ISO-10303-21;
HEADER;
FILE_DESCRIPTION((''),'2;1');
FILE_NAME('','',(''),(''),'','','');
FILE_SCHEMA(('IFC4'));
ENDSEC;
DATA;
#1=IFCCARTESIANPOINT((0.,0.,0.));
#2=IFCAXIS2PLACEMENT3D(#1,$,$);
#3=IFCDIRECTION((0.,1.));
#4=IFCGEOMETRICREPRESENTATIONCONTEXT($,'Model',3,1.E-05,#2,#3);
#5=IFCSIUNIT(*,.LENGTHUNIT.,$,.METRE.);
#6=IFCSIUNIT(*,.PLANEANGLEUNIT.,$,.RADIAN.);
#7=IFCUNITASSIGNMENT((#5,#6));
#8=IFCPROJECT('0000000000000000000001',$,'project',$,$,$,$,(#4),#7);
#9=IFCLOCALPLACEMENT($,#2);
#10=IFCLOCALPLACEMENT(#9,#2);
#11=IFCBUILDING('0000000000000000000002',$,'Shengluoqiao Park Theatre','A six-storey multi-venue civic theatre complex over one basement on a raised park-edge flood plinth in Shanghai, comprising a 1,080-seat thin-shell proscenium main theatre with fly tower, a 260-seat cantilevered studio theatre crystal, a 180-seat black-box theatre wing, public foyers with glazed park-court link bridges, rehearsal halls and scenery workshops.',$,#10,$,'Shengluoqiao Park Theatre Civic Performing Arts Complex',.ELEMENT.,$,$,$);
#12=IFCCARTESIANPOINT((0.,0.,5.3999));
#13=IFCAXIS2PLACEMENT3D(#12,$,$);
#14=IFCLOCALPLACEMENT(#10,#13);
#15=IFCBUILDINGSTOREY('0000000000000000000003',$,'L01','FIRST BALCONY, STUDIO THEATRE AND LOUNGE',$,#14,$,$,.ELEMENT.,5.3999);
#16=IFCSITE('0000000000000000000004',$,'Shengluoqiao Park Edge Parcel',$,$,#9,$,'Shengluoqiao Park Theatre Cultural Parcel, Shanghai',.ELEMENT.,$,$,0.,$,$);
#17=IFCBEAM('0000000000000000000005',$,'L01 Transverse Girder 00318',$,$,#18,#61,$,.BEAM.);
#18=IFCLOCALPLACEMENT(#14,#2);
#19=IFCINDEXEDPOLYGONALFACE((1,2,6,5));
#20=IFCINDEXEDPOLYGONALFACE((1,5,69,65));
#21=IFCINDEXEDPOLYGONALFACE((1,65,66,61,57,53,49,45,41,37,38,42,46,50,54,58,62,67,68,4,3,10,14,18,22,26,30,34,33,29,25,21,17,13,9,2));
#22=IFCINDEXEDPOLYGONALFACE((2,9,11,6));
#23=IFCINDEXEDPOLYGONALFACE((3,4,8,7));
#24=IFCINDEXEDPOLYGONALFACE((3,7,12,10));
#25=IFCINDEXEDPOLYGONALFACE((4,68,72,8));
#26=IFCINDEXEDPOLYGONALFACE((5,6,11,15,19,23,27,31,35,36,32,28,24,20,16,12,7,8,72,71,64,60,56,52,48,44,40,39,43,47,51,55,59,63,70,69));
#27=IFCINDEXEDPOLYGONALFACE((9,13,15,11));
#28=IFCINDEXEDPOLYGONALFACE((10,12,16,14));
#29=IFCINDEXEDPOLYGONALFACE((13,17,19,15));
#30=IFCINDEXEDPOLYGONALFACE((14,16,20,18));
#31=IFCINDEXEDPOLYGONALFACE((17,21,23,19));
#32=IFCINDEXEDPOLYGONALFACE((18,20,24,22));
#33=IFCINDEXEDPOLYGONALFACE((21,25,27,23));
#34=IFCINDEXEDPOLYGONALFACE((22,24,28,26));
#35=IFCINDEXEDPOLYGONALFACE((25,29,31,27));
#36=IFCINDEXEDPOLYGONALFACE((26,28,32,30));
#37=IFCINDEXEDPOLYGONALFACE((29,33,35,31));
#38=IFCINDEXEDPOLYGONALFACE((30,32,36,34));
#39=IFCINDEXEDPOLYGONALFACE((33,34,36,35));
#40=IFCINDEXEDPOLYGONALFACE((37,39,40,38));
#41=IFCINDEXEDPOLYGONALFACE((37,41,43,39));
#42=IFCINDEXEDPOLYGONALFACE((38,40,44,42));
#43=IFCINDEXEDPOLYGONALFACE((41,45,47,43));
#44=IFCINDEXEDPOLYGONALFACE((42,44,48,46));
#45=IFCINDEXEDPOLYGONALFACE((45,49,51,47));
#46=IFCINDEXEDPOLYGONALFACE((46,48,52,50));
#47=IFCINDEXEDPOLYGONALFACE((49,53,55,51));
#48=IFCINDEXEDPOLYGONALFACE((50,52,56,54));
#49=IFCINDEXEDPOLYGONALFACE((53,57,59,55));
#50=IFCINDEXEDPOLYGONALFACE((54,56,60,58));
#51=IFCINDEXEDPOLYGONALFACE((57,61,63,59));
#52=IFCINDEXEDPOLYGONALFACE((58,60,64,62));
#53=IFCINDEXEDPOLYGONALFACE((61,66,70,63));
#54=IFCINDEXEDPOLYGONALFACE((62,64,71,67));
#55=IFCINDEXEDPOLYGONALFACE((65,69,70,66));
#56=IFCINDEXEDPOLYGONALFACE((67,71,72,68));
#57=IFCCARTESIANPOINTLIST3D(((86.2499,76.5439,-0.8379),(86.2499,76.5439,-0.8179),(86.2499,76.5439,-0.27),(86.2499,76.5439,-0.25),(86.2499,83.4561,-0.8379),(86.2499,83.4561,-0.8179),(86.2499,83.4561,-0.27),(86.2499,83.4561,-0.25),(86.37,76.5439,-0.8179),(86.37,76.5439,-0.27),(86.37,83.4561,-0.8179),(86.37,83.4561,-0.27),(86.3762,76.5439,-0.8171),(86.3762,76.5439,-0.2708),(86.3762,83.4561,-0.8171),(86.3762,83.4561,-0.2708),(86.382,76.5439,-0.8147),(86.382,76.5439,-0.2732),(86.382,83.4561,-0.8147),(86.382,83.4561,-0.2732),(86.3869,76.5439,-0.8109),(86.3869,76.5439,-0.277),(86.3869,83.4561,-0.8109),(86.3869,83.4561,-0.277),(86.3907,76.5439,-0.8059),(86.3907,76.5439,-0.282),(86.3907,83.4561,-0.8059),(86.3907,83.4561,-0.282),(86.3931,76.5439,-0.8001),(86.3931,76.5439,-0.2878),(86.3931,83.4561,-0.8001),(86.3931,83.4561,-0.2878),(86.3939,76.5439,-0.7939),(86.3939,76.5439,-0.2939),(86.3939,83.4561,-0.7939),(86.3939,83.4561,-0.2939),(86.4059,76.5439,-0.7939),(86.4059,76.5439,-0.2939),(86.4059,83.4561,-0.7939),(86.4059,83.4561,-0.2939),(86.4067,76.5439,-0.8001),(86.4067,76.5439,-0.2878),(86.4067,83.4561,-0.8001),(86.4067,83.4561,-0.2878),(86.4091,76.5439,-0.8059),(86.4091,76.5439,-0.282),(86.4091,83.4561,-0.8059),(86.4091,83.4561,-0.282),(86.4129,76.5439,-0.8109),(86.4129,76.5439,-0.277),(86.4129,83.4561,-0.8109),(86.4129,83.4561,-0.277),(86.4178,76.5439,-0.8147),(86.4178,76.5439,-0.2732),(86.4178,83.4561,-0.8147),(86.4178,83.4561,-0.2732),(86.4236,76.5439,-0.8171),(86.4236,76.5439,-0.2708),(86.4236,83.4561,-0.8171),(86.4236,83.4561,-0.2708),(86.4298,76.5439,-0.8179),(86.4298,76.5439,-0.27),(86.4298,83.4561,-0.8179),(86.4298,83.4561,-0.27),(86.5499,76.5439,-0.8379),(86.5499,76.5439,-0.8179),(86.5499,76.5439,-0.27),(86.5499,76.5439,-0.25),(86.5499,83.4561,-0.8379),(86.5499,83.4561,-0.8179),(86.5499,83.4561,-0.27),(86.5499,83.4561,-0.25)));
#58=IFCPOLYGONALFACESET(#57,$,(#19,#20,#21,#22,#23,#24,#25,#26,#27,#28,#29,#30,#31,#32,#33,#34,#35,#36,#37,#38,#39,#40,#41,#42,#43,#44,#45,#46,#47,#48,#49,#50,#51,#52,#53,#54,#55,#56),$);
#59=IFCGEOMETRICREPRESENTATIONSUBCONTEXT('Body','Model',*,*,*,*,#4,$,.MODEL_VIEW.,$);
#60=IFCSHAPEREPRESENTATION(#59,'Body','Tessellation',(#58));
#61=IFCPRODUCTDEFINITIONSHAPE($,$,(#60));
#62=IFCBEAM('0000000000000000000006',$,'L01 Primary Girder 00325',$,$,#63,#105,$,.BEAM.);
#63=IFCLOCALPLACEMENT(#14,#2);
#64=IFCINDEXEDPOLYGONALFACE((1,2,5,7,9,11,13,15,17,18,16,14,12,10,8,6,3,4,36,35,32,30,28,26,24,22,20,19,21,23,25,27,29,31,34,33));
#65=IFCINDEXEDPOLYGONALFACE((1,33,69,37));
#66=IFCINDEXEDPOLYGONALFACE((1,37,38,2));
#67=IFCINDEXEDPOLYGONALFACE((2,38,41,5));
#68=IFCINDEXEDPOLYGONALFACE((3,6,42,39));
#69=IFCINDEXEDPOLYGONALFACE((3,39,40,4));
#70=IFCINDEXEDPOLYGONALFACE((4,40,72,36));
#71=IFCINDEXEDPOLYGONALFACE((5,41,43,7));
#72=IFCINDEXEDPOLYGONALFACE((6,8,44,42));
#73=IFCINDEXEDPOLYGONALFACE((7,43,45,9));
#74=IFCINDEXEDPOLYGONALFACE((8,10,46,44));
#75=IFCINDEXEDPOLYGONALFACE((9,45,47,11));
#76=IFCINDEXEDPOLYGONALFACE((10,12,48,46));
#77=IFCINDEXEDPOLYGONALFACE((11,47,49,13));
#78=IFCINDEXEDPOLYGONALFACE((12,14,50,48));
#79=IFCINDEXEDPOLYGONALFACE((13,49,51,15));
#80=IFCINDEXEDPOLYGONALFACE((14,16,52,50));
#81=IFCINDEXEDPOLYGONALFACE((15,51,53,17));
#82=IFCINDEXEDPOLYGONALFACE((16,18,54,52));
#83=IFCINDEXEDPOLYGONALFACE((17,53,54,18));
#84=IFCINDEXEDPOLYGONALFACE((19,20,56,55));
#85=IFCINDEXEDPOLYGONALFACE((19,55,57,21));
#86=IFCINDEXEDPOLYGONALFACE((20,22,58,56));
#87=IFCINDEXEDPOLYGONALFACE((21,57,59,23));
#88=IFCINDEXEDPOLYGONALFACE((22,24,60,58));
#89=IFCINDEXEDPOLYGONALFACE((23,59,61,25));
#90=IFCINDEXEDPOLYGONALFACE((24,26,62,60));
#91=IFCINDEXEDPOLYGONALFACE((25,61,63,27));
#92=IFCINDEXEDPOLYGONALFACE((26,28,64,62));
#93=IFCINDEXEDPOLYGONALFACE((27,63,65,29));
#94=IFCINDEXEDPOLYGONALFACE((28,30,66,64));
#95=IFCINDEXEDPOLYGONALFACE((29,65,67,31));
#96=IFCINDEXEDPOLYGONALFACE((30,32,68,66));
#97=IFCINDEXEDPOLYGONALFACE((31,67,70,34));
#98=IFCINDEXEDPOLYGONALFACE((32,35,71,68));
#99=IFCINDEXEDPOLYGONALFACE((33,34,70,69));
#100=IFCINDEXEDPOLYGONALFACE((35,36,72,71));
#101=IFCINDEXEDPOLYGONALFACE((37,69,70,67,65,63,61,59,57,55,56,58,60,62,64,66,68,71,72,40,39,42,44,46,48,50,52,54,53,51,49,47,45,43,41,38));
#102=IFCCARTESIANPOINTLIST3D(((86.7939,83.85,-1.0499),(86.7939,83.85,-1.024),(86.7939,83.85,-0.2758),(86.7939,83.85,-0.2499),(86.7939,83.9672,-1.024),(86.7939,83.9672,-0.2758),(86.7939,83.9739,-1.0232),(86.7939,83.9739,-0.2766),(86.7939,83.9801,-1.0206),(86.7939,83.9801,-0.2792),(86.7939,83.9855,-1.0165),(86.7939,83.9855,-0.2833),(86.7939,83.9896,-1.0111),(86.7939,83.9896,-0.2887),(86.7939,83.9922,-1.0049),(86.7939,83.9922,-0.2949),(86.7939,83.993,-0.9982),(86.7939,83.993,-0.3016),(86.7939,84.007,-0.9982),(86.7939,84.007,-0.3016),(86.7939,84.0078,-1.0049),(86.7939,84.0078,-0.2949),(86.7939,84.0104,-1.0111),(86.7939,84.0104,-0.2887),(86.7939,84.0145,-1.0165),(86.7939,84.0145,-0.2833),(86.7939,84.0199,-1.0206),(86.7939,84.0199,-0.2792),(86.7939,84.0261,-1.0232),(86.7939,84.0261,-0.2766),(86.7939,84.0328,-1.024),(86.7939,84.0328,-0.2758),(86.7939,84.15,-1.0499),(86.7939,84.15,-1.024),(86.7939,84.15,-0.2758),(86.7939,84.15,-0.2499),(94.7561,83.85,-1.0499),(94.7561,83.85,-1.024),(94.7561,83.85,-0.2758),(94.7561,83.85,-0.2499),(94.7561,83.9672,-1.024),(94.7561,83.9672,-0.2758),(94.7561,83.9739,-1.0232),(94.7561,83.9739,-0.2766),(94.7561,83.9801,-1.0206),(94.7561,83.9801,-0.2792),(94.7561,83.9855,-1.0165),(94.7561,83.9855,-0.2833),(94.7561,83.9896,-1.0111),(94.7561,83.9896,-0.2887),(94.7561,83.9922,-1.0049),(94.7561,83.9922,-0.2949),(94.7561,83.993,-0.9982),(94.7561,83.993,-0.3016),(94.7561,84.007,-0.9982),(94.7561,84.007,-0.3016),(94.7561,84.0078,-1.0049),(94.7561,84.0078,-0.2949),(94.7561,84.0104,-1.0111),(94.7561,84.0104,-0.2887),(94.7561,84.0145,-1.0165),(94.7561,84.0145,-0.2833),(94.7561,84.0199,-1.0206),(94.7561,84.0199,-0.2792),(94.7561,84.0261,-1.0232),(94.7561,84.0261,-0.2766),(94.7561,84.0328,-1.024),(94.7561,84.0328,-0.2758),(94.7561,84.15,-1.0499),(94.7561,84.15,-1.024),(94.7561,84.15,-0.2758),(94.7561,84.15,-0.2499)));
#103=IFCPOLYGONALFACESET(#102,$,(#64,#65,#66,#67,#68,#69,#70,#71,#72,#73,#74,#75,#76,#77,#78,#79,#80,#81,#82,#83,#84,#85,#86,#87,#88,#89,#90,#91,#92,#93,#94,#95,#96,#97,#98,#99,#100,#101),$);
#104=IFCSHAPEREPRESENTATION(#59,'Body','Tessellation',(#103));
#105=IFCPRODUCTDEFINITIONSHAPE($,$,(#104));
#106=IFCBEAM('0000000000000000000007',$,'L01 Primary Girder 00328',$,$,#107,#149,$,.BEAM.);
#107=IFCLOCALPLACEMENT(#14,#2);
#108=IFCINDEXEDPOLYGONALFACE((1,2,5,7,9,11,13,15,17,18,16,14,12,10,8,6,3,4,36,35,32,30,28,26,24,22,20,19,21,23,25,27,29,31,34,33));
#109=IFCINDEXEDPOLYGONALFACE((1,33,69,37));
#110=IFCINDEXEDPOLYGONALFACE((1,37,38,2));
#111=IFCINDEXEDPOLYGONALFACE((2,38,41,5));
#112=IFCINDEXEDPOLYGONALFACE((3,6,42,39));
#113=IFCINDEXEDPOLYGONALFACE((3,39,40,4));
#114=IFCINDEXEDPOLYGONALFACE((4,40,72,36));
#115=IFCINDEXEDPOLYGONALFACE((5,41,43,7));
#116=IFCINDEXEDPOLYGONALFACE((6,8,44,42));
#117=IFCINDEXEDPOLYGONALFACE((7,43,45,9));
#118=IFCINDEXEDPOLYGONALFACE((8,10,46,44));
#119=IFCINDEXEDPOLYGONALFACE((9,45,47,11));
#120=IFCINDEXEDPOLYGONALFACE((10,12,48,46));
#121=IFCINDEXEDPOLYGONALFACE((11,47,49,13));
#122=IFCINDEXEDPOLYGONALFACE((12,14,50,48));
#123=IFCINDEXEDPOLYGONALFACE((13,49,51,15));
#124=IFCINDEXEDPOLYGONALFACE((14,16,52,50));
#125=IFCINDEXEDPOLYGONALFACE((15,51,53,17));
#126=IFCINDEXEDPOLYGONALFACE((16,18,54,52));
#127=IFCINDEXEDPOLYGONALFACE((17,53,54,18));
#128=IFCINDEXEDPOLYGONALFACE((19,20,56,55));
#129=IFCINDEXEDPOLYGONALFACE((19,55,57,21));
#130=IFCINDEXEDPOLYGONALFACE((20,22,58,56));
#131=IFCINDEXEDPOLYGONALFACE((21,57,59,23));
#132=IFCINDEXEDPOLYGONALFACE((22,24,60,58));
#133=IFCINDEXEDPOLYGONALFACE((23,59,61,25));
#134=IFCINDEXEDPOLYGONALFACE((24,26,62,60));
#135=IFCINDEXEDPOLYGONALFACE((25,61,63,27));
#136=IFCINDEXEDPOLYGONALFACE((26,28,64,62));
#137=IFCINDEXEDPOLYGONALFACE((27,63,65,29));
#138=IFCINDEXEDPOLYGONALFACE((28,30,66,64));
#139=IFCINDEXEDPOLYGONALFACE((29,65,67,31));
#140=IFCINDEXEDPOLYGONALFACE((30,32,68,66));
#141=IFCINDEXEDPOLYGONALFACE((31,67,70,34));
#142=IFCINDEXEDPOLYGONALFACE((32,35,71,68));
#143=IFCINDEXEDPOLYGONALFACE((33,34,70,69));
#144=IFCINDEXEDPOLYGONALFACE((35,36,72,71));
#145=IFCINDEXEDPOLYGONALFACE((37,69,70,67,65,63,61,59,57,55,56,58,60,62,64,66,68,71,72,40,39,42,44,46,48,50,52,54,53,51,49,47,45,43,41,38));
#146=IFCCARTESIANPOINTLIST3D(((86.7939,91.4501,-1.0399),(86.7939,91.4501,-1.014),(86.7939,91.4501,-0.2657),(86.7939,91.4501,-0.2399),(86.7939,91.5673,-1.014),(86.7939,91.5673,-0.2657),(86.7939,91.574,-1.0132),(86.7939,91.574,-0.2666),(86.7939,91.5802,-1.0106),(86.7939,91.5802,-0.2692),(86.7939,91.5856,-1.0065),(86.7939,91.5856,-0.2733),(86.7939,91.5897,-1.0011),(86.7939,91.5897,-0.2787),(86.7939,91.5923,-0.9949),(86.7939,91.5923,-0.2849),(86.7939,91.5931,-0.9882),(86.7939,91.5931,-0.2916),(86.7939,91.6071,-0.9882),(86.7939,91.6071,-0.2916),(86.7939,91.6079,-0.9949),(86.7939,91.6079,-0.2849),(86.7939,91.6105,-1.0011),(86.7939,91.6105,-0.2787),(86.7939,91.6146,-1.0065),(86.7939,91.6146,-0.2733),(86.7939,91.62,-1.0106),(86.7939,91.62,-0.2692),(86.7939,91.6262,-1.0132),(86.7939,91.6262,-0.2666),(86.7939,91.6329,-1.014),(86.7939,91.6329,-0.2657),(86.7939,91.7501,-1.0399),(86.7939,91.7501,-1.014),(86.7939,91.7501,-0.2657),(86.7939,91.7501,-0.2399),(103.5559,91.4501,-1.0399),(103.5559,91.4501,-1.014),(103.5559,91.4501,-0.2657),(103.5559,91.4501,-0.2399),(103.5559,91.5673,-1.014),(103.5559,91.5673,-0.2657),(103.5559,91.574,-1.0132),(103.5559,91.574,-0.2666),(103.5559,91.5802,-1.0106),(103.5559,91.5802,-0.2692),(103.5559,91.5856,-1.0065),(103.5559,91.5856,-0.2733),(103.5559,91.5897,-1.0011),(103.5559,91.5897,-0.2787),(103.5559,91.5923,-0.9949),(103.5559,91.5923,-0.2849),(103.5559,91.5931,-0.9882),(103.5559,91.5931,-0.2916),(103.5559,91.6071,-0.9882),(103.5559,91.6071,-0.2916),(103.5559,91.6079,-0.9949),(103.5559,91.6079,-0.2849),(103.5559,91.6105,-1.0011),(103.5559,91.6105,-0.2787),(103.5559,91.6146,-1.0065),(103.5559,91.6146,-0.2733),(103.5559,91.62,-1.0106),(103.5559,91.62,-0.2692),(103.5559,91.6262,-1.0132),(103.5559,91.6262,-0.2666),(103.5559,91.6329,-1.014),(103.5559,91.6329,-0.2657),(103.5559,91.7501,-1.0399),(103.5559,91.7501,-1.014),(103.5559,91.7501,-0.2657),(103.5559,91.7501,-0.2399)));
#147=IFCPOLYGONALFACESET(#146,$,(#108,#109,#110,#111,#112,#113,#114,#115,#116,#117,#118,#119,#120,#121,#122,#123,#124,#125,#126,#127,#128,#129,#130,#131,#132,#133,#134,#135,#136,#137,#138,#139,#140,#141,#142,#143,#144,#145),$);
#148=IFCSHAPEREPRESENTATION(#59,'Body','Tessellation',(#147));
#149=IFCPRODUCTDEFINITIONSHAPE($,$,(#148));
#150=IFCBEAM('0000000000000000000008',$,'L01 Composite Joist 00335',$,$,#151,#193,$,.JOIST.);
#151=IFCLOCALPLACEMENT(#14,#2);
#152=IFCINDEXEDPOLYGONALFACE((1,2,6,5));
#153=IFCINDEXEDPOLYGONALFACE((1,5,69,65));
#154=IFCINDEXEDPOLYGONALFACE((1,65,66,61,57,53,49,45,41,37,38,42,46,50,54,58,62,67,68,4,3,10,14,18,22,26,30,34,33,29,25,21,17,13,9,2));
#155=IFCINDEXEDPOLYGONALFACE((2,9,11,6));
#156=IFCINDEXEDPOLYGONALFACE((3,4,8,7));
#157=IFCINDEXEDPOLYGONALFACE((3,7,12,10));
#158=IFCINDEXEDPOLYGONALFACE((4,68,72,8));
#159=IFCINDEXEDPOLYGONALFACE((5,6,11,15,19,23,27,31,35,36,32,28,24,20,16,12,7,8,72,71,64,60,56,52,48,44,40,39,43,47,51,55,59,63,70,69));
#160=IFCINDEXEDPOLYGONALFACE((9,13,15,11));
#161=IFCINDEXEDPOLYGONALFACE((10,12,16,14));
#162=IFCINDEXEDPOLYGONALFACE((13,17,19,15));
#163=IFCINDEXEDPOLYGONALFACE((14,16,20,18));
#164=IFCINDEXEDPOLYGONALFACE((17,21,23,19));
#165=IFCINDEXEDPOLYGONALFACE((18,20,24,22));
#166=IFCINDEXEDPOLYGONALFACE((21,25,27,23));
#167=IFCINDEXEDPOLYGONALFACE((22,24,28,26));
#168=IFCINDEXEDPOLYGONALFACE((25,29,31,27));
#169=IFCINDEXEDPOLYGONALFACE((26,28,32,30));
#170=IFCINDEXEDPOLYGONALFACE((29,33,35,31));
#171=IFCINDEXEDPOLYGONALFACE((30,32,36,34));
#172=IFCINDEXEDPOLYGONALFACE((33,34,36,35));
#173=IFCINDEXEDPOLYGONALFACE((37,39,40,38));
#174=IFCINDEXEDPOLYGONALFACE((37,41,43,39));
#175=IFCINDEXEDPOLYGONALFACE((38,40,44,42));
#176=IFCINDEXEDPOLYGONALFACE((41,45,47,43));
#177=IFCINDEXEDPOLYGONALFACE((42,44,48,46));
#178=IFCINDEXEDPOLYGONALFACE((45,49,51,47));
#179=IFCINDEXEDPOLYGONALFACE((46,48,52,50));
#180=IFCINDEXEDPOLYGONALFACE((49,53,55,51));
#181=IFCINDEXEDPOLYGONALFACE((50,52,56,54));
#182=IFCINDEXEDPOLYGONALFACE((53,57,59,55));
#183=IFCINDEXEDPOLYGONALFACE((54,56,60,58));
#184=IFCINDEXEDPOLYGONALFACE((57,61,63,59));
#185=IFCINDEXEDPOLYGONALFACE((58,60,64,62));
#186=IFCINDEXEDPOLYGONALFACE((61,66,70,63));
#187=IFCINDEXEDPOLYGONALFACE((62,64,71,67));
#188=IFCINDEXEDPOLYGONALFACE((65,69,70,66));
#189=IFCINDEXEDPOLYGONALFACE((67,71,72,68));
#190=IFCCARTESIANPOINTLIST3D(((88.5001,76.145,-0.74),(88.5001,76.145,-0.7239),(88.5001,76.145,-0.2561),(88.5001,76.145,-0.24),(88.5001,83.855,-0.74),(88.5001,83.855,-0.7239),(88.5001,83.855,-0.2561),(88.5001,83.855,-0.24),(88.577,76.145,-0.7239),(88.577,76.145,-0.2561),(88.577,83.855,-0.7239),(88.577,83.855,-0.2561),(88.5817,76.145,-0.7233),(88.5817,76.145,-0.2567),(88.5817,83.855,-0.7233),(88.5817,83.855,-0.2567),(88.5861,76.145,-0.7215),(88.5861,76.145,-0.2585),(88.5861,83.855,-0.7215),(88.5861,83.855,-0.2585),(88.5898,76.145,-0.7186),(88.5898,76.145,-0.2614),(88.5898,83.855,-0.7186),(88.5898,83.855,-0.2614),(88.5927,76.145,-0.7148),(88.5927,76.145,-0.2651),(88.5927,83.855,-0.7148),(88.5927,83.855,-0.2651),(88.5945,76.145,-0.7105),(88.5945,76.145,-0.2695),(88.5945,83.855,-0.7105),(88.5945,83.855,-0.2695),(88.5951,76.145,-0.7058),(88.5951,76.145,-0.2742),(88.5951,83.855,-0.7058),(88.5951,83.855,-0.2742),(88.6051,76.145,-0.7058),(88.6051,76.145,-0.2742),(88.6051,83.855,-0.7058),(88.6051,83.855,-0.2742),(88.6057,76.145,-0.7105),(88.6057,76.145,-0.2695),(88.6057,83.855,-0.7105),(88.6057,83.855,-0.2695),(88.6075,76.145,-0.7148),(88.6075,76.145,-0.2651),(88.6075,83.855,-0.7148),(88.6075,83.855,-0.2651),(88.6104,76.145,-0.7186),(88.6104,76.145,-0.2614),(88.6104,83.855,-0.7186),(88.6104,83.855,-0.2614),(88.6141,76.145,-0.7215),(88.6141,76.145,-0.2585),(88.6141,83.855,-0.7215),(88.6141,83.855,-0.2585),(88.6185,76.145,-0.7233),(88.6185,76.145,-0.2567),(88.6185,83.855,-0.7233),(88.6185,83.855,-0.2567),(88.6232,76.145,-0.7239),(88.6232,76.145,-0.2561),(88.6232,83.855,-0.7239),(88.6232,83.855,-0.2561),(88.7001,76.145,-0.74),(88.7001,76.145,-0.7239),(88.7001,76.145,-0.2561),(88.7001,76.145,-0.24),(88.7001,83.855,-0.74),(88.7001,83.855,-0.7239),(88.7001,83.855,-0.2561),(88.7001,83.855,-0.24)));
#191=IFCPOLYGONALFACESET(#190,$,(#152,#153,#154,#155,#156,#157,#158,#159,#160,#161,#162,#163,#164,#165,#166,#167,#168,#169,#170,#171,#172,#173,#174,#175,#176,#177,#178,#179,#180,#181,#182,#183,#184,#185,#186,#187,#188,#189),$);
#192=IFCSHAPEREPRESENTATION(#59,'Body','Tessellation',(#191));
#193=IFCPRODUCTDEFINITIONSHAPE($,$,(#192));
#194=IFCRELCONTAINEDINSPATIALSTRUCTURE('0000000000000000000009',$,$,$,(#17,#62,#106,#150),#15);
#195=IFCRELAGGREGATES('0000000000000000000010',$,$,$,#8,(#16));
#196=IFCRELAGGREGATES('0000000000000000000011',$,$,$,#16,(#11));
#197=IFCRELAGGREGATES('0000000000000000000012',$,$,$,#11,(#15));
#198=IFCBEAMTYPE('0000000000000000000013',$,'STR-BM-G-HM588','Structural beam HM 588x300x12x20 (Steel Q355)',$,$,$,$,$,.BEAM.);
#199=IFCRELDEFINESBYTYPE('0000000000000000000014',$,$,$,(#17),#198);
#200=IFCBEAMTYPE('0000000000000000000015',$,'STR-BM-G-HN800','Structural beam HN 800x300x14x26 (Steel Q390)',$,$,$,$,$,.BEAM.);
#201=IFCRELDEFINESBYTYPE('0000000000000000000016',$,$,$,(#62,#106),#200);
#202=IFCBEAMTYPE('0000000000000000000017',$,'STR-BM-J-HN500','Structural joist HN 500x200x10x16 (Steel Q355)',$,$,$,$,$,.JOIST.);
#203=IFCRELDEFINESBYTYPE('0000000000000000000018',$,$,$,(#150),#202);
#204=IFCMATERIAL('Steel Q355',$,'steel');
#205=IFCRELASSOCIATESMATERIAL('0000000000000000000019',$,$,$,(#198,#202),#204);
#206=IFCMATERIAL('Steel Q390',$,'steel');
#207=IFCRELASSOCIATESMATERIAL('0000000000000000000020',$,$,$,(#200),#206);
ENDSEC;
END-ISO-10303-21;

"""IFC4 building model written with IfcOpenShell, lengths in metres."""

from ifc_helpers import new_model, si_unit, direction, frame, origin, origin_2d, place, context, subcontext, project, spatial, i_section, extrude, material, material_profile, profile_set, type_object, element, save


model = new_model("IFC4")

# Units and contexts
model_context = context("Model", 3, precision=1e-05, world=origin(), true_north=direction((0.0, 1.0)))
body_context = subcontext(model_context, "Body", "Model", "MODEL_VIEW")
ifc_project = project(units=[si_unit("LENGTHUNIT", "METRE"), si_unit("PLANEANGLEUNIT", "RADIAN")], contexts=[model_context])

# Site, building, storey
site_placement = place(None, origin())
site = spatial("IfcSite", under=ifc_project, at=site_placement, Name="Shengluoqiao Park Edge Parcel", LongName="Shengluoqiao Park Theatre Cultural Parcel, Shanghai", CompositionType="ELEMENT", RefElevation=0.0)
building_placement = place(site_placement, origin())
building = spatial("IfcBuilding", under=site, at=building_placement, Name="Shengluoqiao Park Theatre", Description="A six-storey multi-venue civic theatre complex over one basement on a raised park-edge flood plinth in Shanghai, comprising a 1,080-seat thin-shell proscenium main theatre with fly tower, a 260-seat cantilevered studio theatre crystal, a 180-seat black-box theatre wing, public foyers with glazed park-court link bridges, rehearsal halls and scenery workshops.", LongName="Shengluoqiao Park Theatre Civic Performing Arts Complex", CompositionType="ELEMENT")
storey_placement = place(building_placement, frame((0.0, 0.0, 5.3999)))
storey = spatial("IfcBuildingStorey", under=building, at=storey_placement, Name="L01", Description="FIRST BALCONY, STUDIO THEATRE AND LOUNGE", CompositionType="ELEMENT", Elevation=5.3999)

# Beams
ifc_material_1 = material(Name="Steel Q355", Category="steel")
ifc_material_profile_1 = material_profile(ifc_material_1, i_section(OverallWidth=0.3, OverallDepth=0.5879, WebThickness=0.012, FlangeThickness=0.02, FilletRadius=0.0239, at=origin_2d()), Name="HM 588x300x12x20")
ifc_profile_set_1 = profile_set([ifc_material_profile_1], Name="Steel Q355")
beam_type_1 = type_object("IfcBeamType", Name="STR-BM-G-HM588", Description="Structural beam HM 588x300x12x20 (Steel Q355)", PredefinedType="BEAM", material=ifc_profile_set_1)
beam_1_placement = place(storey_placement, frame((86.3999, 76.5439, -0.5439), z_axis=(0.0, 1.0, 0.0), x_axis=(-1.0, 0.0, 0.0)))
element("IfcBeam", 1, at=beam_1_placement, inside=storey, type_object=beam_type_1, Name="L01 Transverse Girder 00318", PredefinedType="BEAM", context=body_context, shape_type="SweptSolid", body=[
    extrude(i_section(OverallWidth=0.3, OverallDepth=0.5879, WebThickness=0.012, FlangeThickness=0.02, FilletRadius=0.0239, at=origin_2d()), origin(), (0.0, 0.0, 1.0), 6.9121),
])
ifc_material_2 = material(Name="Steel Q390", Category="steel")
ifc_material_profile_2 = material_profile(ifc_material_2, i_section(OverallWidth=0.3, OverallDepth=0.8, WebThickness=0.0139, FlangeThickness=0.0259, FilletRadius=0.0259, at=origin_2d()), Name="HN 800x300x14x26")
ifc_profile_set_2 = profile_set([ifc_material_profile_2], Name="Steel Q390")
beam_type_2 = type_object("IfcBeamType", Name="STR-BM-G-HN800", Description="Structural beam HN 800x300x14x26 (Steel Q390)", PredefinedType="BEAM", material=ifc_profile_set_2)
beam_2_placement = place(storey_placement, frame((86.7939, 84.0, -0.6499), z_axis=(1.0, 0.0, 0.0), x_axis=(0.0, 1.0, 0.0)))
element("IfcBeam", 2, at=beam_2_placement, inside=storey, type_object=beam_type_2, Name="L01 Primary Girder 00325", PredefinedType="BEAM", context=body_context, shape_type="SweptSolid", body=[
    extrude(i_section(OverallWidth=0.3, OverallDepth=0.8, WebThickness=0.0139, FlangeThickness=0.0259, FilletRadius=0.0259, at=origin_2d()), origin(), (0.0, 0.0, 1.0), 7.9622),
])
beam_3_placement = place(storey_placement, frame((86.7939, 91.6001, -0.6399), z_axis=(1.0, 0.0, 0.0), x_axis=(0.0, 1.0, 0.0)))
element("IfcBeam", 3, at=beam_3_placement, inside=storey, type_object=beam_type_2, Name="L01 Primary Girder 00328", PredefinedType="BEAM", context=body_context, shape_type="SweptSolid", body=[
    extrude(i_section(OverallWidth=0.3, OverallDepth=0.8, WebThickness=0.0139, FlangeThickness=0.0259, FilletRadius=0.0259, at=origin_2d()), origin(), (0.0, 0.0, 1.0), 16.762),
])
ifc_material_profile_3 = material_profile(ifc_material_1, i_section(OverallWidth=0.2, OverallDepth=0.5, WebThickness=0.01, FlangeThickness=0.0161, FilletRadius=0.0181, at=origin_2d()), Name="HN 500x200x10x16")
ifc_profile_set_3 = profile_set([ifc_material_profile_3], Name="Steel Q355")
beam_type_3 = type_object("IfcBeamType", Name="STR-BM-J-HN500", Description="Structural joist HN 500x200x10x16 (Steel Q355)", PredefinedType="JOIST", material=ifc_profile_set_3)
for number, where, z_axis, x_axis, name in (
    (4, (88.6001, 76.145, -0.49), (0.0, 1.0, 0.0), (-1.0, 0.0, 0.0), "L01 Composite Joist 00335"),
):
    element("IfcBeam", number, at=place(storey_placement, frame(where, z_axis=z_axis, x_axis=x_axis)), inside=storey, type_object=beam_type_3, Name=name, PredefinedType="JOIST", context=body_context, shape_type="SweptSolid", body=[
        extrude(i_section(OverallWidth=0.2, OverallDepth=0.5, WebThickness=0.01, FlangeThickness=0.0161, FilletRadius=0.0181, at=origin_2d()), origin(), (0.0, 0.0, 1.0), 7.71),
    ])

save(model, "model.ifc")
